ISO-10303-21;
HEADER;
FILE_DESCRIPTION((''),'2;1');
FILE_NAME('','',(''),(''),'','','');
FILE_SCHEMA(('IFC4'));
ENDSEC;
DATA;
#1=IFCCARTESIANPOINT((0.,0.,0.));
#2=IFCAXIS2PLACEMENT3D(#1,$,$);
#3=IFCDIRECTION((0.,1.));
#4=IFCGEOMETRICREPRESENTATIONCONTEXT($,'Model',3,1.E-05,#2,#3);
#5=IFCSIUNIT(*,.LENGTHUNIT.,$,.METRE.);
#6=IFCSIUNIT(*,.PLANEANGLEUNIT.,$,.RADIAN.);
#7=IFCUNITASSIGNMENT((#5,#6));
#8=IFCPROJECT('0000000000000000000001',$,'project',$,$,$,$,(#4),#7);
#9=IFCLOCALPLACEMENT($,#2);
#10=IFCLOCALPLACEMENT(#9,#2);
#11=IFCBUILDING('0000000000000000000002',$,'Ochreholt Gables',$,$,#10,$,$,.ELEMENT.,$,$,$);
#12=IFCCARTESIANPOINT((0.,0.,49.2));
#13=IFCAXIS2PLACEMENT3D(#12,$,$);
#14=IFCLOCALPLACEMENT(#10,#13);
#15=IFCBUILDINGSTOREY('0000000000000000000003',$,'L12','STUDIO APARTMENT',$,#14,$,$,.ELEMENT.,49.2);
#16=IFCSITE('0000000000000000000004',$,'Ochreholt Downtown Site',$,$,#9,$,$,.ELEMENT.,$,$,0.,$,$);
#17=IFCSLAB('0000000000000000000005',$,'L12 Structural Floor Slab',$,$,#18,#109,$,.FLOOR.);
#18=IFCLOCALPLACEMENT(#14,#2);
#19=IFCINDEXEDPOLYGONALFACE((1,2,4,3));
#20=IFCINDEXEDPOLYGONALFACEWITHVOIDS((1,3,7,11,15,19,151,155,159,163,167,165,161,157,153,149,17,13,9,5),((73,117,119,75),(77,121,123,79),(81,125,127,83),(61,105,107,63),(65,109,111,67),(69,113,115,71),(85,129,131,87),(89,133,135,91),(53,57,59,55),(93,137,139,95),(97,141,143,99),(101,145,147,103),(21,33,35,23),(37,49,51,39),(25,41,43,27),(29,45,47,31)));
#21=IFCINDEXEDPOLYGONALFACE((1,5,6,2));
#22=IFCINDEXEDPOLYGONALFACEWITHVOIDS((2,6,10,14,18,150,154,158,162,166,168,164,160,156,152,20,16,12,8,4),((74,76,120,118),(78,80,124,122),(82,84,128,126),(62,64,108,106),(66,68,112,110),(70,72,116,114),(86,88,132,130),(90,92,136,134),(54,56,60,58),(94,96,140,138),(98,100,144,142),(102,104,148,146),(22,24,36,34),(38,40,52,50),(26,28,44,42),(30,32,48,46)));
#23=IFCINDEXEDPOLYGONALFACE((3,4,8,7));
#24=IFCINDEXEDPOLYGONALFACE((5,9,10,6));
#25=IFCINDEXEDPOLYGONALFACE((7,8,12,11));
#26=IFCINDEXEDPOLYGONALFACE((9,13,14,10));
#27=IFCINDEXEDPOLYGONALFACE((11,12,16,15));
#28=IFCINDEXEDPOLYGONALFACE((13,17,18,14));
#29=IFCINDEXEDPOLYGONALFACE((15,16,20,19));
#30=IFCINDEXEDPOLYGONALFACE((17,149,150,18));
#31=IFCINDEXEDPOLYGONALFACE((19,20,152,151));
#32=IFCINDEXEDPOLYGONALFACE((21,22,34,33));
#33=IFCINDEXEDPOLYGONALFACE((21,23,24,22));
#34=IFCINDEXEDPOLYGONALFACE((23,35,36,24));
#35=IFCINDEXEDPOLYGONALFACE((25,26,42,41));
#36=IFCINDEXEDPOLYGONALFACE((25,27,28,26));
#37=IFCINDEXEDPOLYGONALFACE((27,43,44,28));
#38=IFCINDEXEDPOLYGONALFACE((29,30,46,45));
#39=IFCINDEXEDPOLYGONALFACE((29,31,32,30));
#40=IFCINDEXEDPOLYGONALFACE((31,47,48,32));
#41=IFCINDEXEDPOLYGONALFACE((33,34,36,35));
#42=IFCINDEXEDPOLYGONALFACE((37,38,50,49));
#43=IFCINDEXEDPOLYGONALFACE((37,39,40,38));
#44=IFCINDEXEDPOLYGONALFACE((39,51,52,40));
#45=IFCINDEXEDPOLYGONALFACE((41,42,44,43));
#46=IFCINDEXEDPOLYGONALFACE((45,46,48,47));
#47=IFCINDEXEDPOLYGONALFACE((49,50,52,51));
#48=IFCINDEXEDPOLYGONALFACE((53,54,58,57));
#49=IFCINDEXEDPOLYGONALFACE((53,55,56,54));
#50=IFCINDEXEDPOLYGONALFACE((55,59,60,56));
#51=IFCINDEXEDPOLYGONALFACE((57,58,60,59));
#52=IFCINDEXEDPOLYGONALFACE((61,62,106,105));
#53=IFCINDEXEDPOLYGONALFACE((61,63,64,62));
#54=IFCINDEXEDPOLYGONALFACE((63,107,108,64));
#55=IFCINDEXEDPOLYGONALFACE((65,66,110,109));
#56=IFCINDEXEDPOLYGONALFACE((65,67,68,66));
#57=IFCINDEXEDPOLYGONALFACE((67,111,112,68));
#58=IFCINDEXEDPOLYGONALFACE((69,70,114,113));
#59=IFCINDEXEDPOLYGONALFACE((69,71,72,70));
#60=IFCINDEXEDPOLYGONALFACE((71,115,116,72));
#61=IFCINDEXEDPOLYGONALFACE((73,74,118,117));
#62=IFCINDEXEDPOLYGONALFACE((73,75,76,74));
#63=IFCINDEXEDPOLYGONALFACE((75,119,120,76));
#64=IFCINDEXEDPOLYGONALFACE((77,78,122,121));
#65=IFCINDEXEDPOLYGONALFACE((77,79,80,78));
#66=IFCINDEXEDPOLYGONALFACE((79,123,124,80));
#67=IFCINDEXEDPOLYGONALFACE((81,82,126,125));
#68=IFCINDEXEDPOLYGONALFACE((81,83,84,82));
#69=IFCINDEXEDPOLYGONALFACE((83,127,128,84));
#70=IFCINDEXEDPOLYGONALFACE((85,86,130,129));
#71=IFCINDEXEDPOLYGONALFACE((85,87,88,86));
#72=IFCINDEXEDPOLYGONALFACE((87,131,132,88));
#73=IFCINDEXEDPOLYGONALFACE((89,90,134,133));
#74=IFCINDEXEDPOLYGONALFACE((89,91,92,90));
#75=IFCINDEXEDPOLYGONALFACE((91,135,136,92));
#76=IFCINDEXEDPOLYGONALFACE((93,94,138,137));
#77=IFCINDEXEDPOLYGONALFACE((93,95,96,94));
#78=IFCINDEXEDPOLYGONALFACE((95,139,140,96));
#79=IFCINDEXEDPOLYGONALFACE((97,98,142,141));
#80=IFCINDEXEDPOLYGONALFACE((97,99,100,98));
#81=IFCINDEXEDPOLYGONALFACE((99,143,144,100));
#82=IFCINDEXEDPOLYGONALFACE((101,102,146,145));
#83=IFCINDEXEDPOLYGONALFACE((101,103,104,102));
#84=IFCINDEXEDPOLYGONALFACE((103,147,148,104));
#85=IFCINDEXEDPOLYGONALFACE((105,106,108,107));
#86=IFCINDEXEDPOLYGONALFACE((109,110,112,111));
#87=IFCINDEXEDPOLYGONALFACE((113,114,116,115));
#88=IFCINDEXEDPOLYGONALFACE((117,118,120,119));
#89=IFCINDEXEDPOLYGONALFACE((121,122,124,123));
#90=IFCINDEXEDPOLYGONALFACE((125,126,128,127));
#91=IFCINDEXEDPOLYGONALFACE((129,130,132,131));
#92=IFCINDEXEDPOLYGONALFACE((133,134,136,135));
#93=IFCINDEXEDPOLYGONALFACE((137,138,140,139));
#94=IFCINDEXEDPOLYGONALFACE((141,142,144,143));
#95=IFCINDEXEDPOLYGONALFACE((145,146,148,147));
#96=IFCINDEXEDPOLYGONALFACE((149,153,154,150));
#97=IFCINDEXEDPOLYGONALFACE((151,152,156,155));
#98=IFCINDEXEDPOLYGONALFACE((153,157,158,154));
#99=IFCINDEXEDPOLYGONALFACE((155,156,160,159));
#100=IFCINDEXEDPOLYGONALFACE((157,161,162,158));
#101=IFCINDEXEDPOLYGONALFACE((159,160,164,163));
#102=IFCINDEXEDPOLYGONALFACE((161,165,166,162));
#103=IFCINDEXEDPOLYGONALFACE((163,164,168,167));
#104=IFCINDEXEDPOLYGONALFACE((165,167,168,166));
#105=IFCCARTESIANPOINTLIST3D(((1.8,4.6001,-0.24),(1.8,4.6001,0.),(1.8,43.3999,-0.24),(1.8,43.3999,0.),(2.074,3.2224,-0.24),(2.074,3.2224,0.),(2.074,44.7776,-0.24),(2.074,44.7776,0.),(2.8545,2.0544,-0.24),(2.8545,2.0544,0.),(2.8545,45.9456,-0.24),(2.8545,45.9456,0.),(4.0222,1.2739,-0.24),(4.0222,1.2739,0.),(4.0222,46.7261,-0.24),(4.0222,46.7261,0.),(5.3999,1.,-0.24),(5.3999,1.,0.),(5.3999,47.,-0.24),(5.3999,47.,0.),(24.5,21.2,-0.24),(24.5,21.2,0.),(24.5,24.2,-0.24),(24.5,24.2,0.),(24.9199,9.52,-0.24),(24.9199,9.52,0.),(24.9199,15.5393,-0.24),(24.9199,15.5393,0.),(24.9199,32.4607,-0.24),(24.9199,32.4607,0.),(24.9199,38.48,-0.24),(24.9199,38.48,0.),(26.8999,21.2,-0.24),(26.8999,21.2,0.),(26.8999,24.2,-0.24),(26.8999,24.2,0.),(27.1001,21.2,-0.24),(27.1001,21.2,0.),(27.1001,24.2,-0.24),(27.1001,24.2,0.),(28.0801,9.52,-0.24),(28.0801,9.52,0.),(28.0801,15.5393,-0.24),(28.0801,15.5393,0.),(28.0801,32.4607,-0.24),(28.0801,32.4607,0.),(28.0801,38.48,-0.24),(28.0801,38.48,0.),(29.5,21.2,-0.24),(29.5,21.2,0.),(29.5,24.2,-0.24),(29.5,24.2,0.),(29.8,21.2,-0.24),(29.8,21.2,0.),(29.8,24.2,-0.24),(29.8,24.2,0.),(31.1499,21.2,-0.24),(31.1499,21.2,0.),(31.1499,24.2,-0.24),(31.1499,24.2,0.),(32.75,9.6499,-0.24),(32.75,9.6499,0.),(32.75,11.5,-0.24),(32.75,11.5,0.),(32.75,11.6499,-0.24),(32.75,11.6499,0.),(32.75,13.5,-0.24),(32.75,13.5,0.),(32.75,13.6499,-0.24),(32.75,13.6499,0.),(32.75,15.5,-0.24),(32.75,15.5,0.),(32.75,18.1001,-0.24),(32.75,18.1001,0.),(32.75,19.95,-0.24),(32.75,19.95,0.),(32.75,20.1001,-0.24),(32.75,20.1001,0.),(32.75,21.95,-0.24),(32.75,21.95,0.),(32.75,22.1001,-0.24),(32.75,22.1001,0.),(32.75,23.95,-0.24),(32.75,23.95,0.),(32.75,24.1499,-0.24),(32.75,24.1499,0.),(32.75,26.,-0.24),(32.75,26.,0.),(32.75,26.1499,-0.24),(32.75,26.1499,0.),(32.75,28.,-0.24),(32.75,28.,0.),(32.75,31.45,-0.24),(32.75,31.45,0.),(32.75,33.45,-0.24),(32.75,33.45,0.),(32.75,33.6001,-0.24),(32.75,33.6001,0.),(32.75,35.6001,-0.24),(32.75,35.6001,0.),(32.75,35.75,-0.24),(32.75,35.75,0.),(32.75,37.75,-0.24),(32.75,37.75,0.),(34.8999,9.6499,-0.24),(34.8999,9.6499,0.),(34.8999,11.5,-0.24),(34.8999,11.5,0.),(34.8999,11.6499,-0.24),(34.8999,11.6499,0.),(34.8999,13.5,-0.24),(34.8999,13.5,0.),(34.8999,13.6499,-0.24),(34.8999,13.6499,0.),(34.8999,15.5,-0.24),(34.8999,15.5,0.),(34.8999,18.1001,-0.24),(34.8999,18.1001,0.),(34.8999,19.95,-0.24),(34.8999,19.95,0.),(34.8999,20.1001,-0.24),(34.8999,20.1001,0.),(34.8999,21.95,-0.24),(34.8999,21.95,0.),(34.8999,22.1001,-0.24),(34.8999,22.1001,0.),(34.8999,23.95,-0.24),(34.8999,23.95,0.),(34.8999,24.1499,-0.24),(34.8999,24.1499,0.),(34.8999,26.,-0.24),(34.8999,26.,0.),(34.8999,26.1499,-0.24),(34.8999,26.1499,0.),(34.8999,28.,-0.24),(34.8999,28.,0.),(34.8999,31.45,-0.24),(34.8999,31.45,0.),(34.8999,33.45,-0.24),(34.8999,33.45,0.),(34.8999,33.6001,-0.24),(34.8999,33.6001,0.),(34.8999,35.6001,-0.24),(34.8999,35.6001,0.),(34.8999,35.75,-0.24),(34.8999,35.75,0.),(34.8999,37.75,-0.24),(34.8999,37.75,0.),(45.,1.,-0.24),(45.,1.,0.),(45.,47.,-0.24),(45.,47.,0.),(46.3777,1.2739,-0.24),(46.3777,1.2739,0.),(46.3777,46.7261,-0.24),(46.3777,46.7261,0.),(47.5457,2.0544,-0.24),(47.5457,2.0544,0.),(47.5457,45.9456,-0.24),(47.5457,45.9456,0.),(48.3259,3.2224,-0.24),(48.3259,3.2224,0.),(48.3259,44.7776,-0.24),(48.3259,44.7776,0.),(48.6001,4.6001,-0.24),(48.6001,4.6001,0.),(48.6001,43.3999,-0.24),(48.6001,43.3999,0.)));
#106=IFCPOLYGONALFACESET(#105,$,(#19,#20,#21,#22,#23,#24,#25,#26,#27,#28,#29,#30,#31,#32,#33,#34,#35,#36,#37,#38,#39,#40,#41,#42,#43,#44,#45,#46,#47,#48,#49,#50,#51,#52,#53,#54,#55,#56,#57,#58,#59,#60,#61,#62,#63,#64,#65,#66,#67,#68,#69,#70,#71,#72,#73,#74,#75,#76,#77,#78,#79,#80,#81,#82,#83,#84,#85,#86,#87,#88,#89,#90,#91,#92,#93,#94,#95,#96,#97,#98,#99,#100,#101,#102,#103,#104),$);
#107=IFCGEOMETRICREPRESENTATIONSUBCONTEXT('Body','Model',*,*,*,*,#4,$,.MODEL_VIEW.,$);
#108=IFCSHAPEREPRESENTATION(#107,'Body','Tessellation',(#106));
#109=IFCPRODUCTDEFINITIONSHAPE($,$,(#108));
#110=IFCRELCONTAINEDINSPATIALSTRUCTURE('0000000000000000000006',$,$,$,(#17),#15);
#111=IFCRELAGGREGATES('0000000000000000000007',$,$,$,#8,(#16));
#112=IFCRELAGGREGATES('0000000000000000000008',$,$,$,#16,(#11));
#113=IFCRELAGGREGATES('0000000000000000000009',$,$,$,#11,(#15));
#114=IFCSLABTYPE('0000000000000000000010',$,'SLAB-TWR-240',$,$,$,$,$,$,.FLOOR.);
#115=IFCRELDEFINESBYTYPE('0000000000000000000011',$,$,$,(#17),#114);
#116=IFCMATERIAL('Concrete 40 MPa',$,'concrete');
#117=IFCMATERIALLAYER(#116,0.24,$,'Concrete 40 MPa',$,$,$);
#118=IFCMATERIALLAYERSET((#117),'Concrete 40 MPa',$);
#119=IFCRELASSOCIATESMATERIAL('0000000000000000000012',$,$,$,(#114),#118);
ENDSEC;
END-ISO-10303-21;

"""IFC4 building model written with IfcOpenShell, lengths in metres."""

from ifc_helpers import new_model, si_unit, direction, frame, origin, place, context, subcontext, project, spatial, polyline, outline, extrude, material, layer, layer_set, type_object, element, save


model = new_model("IFC4")

# Units and contexts
model_context = context("Model", 3, precision=1e-05, world=origin(), true_north=direction((0.0, 1.0)))
body_context = subcontext(model_context, "Body", "Model", "MODEL_VIEW")
ifc_project = project(units=[si_unit("LENGTHUNIT", "METRE"), si_unit("PLANEANGLEUNIT", "RADIAN")], contexts=[model_context])

# Site, building, storey
site_placement = place(None, origin())
site = spatial("IfcSite", under=ifc_project, at=site_placement, Name="Ochreholt Downtown Site", CompositionType="ELEMENT", RefElevation=0.0)
building_placement = place(site_placement, origin())
building = spatial("IfcBuilding", under=site, at=building_placement, Name="Ochreholt Gables", CompositionType="ELEMENT")
storey_placement = place(building_placement, frame((0.0, 0.0, 49.2)))
storey = spatial("IfcBuildingStorey", under=building, at=storey_placement, Name="L12", Description="STUDIO APARTMENT", CompositionType="ELEMENT", Elevation=49.2)

# Shared definitions
ifc_material_1 = material(Name="Concrete 40 MPa", Category="concrete")

# Slab
ifc_layer_1 = layer(ifc_material_1, 0.24, Name="Concrete 40 MPa")
ifc_layer_set_1 = layer_set([ifc_layer_1], Name="Concrete 40 MPa")
slab_type_1 = type_object("IfcSlabType", Name="SLAB-TWR-240", PredefinedType="FLOOR", material=ifc_layer_set_1)
slab_1_placement = place(storey_placement, frame((0.0, 0.0, -0.24)))
element("IfcSlab", 1, at=slab_1_placement, inside=storey, type_object=slab_type_1, Name="L12 Structural Floor Slab", PredefinedType="FLOOR", context=body_context, shape_type="SweptSolid", body=[
    extrude(outline(polyline([(1.8, 4.6001), (2.074, 3.2224), (2.8545, 2.0544), (4.0222, 1.2739), (5.3999, 1.0), (45.0, 1.0), (46.3777, 1.2739), (47.5457, 2.0544), (48.3259, 3.2224), (48.6001, 4.6001), (48.6001, 43.3999), (48.3259, 44.7776), (47.5457, 45.9456), (46.3777, 46.7261), (45.0, 47.0), (5.3999, 47.0), (4.0222, 46.7261), (2.8545, 45.9456), (2.074, 44.7776), (1.8, 43.3999), (1.8, 4.6001)]), holes=[polyline([(24.9199, 15.5393), (24.9199, 9.52), (28.0801, 9.52), (28.0801, 15.5393), (24.9199, 15.5393)]), polyline([(28.0801, 32.4607), (28.0801, 38.48), (24.9199, 38.48), (24.9199, 32.4607), (28.0801, 32.4607)]), polyline([(24.5, 21.2), (26.8999, 21.2), (26.8999, 24.2), (24.5, 24.2), (24.5, 21.2)]), polyline([(27.1001, 21.2), (29.5, 21.2), (29.5, 24.2), (27.1001, 24.2), (27.1001, 21.2)]), polyline([(32.75, 9.6499), (34.8999, 9.6499), (34.8999, 11.5), (32.75, 11.5), (32.75, 9.6499)]), polyline([(32.75, 11.6499), (34.8999, 11.6499), (34.8999, 13.5), (32.75, 13.5), (32.75, 11.6499)]), polyline([(32.75, 13.6499), (34.8999, 13.6499), (34.8999, 15.5), (32.75, 15.5), (32.75, 13.6499)]), polyline([(32.75, 18.1001), (34.8999, 18.1001), (34.8999, 19.95), (32.75, 19.95), (32.75, 18.1001)]), polyline([(32.75, 20.1001), (34.8999, 20.1001), (34.8999, 21.95), (32.75, 21.95), (32.75, 20.1001)]), polyline([(32.75, 22.1001), (34.8999, 22.1001), (34.8999, 23.95), (32.75, 23.95), (32.75, 22.1001)]), polyline([(32.75, 24.1499), (34.8999, 24.1499), (34.8999, 26.0), (32.75, 26.0), (32.75, 24.1499)]), polyline([(32.75, 26.1499), (34.8999, 26.1499), (34.8999, 28.0), (32.75, 28.0), (32.75, 26.1499)]), polyline([(32.75, 31.45), (34.8999, 31.45), (34.8999, 33.45), (32.75, 33.45), (32.75, 31.45)]), polyline([(32.75, 33.6001), (34.8999, 33.6001), (34.8999, 35.6001), (32.75, 35.6001), (32.75, 33.6001)]), polyline([(32.75, 35.75), (34.8999, 35.75), (34.8999, 37.75), (32.75, 37.75), (32.75, 35.75)]), polyline([(29.8, 21.2), (31.1499, 21.2), (31.1499, 24.2), (29.8, 24.2), (29.8, 21.2)])]), origin(), (0.0, 0.0, 1.0), 0.24),
])

save(model, "model.ifc")
